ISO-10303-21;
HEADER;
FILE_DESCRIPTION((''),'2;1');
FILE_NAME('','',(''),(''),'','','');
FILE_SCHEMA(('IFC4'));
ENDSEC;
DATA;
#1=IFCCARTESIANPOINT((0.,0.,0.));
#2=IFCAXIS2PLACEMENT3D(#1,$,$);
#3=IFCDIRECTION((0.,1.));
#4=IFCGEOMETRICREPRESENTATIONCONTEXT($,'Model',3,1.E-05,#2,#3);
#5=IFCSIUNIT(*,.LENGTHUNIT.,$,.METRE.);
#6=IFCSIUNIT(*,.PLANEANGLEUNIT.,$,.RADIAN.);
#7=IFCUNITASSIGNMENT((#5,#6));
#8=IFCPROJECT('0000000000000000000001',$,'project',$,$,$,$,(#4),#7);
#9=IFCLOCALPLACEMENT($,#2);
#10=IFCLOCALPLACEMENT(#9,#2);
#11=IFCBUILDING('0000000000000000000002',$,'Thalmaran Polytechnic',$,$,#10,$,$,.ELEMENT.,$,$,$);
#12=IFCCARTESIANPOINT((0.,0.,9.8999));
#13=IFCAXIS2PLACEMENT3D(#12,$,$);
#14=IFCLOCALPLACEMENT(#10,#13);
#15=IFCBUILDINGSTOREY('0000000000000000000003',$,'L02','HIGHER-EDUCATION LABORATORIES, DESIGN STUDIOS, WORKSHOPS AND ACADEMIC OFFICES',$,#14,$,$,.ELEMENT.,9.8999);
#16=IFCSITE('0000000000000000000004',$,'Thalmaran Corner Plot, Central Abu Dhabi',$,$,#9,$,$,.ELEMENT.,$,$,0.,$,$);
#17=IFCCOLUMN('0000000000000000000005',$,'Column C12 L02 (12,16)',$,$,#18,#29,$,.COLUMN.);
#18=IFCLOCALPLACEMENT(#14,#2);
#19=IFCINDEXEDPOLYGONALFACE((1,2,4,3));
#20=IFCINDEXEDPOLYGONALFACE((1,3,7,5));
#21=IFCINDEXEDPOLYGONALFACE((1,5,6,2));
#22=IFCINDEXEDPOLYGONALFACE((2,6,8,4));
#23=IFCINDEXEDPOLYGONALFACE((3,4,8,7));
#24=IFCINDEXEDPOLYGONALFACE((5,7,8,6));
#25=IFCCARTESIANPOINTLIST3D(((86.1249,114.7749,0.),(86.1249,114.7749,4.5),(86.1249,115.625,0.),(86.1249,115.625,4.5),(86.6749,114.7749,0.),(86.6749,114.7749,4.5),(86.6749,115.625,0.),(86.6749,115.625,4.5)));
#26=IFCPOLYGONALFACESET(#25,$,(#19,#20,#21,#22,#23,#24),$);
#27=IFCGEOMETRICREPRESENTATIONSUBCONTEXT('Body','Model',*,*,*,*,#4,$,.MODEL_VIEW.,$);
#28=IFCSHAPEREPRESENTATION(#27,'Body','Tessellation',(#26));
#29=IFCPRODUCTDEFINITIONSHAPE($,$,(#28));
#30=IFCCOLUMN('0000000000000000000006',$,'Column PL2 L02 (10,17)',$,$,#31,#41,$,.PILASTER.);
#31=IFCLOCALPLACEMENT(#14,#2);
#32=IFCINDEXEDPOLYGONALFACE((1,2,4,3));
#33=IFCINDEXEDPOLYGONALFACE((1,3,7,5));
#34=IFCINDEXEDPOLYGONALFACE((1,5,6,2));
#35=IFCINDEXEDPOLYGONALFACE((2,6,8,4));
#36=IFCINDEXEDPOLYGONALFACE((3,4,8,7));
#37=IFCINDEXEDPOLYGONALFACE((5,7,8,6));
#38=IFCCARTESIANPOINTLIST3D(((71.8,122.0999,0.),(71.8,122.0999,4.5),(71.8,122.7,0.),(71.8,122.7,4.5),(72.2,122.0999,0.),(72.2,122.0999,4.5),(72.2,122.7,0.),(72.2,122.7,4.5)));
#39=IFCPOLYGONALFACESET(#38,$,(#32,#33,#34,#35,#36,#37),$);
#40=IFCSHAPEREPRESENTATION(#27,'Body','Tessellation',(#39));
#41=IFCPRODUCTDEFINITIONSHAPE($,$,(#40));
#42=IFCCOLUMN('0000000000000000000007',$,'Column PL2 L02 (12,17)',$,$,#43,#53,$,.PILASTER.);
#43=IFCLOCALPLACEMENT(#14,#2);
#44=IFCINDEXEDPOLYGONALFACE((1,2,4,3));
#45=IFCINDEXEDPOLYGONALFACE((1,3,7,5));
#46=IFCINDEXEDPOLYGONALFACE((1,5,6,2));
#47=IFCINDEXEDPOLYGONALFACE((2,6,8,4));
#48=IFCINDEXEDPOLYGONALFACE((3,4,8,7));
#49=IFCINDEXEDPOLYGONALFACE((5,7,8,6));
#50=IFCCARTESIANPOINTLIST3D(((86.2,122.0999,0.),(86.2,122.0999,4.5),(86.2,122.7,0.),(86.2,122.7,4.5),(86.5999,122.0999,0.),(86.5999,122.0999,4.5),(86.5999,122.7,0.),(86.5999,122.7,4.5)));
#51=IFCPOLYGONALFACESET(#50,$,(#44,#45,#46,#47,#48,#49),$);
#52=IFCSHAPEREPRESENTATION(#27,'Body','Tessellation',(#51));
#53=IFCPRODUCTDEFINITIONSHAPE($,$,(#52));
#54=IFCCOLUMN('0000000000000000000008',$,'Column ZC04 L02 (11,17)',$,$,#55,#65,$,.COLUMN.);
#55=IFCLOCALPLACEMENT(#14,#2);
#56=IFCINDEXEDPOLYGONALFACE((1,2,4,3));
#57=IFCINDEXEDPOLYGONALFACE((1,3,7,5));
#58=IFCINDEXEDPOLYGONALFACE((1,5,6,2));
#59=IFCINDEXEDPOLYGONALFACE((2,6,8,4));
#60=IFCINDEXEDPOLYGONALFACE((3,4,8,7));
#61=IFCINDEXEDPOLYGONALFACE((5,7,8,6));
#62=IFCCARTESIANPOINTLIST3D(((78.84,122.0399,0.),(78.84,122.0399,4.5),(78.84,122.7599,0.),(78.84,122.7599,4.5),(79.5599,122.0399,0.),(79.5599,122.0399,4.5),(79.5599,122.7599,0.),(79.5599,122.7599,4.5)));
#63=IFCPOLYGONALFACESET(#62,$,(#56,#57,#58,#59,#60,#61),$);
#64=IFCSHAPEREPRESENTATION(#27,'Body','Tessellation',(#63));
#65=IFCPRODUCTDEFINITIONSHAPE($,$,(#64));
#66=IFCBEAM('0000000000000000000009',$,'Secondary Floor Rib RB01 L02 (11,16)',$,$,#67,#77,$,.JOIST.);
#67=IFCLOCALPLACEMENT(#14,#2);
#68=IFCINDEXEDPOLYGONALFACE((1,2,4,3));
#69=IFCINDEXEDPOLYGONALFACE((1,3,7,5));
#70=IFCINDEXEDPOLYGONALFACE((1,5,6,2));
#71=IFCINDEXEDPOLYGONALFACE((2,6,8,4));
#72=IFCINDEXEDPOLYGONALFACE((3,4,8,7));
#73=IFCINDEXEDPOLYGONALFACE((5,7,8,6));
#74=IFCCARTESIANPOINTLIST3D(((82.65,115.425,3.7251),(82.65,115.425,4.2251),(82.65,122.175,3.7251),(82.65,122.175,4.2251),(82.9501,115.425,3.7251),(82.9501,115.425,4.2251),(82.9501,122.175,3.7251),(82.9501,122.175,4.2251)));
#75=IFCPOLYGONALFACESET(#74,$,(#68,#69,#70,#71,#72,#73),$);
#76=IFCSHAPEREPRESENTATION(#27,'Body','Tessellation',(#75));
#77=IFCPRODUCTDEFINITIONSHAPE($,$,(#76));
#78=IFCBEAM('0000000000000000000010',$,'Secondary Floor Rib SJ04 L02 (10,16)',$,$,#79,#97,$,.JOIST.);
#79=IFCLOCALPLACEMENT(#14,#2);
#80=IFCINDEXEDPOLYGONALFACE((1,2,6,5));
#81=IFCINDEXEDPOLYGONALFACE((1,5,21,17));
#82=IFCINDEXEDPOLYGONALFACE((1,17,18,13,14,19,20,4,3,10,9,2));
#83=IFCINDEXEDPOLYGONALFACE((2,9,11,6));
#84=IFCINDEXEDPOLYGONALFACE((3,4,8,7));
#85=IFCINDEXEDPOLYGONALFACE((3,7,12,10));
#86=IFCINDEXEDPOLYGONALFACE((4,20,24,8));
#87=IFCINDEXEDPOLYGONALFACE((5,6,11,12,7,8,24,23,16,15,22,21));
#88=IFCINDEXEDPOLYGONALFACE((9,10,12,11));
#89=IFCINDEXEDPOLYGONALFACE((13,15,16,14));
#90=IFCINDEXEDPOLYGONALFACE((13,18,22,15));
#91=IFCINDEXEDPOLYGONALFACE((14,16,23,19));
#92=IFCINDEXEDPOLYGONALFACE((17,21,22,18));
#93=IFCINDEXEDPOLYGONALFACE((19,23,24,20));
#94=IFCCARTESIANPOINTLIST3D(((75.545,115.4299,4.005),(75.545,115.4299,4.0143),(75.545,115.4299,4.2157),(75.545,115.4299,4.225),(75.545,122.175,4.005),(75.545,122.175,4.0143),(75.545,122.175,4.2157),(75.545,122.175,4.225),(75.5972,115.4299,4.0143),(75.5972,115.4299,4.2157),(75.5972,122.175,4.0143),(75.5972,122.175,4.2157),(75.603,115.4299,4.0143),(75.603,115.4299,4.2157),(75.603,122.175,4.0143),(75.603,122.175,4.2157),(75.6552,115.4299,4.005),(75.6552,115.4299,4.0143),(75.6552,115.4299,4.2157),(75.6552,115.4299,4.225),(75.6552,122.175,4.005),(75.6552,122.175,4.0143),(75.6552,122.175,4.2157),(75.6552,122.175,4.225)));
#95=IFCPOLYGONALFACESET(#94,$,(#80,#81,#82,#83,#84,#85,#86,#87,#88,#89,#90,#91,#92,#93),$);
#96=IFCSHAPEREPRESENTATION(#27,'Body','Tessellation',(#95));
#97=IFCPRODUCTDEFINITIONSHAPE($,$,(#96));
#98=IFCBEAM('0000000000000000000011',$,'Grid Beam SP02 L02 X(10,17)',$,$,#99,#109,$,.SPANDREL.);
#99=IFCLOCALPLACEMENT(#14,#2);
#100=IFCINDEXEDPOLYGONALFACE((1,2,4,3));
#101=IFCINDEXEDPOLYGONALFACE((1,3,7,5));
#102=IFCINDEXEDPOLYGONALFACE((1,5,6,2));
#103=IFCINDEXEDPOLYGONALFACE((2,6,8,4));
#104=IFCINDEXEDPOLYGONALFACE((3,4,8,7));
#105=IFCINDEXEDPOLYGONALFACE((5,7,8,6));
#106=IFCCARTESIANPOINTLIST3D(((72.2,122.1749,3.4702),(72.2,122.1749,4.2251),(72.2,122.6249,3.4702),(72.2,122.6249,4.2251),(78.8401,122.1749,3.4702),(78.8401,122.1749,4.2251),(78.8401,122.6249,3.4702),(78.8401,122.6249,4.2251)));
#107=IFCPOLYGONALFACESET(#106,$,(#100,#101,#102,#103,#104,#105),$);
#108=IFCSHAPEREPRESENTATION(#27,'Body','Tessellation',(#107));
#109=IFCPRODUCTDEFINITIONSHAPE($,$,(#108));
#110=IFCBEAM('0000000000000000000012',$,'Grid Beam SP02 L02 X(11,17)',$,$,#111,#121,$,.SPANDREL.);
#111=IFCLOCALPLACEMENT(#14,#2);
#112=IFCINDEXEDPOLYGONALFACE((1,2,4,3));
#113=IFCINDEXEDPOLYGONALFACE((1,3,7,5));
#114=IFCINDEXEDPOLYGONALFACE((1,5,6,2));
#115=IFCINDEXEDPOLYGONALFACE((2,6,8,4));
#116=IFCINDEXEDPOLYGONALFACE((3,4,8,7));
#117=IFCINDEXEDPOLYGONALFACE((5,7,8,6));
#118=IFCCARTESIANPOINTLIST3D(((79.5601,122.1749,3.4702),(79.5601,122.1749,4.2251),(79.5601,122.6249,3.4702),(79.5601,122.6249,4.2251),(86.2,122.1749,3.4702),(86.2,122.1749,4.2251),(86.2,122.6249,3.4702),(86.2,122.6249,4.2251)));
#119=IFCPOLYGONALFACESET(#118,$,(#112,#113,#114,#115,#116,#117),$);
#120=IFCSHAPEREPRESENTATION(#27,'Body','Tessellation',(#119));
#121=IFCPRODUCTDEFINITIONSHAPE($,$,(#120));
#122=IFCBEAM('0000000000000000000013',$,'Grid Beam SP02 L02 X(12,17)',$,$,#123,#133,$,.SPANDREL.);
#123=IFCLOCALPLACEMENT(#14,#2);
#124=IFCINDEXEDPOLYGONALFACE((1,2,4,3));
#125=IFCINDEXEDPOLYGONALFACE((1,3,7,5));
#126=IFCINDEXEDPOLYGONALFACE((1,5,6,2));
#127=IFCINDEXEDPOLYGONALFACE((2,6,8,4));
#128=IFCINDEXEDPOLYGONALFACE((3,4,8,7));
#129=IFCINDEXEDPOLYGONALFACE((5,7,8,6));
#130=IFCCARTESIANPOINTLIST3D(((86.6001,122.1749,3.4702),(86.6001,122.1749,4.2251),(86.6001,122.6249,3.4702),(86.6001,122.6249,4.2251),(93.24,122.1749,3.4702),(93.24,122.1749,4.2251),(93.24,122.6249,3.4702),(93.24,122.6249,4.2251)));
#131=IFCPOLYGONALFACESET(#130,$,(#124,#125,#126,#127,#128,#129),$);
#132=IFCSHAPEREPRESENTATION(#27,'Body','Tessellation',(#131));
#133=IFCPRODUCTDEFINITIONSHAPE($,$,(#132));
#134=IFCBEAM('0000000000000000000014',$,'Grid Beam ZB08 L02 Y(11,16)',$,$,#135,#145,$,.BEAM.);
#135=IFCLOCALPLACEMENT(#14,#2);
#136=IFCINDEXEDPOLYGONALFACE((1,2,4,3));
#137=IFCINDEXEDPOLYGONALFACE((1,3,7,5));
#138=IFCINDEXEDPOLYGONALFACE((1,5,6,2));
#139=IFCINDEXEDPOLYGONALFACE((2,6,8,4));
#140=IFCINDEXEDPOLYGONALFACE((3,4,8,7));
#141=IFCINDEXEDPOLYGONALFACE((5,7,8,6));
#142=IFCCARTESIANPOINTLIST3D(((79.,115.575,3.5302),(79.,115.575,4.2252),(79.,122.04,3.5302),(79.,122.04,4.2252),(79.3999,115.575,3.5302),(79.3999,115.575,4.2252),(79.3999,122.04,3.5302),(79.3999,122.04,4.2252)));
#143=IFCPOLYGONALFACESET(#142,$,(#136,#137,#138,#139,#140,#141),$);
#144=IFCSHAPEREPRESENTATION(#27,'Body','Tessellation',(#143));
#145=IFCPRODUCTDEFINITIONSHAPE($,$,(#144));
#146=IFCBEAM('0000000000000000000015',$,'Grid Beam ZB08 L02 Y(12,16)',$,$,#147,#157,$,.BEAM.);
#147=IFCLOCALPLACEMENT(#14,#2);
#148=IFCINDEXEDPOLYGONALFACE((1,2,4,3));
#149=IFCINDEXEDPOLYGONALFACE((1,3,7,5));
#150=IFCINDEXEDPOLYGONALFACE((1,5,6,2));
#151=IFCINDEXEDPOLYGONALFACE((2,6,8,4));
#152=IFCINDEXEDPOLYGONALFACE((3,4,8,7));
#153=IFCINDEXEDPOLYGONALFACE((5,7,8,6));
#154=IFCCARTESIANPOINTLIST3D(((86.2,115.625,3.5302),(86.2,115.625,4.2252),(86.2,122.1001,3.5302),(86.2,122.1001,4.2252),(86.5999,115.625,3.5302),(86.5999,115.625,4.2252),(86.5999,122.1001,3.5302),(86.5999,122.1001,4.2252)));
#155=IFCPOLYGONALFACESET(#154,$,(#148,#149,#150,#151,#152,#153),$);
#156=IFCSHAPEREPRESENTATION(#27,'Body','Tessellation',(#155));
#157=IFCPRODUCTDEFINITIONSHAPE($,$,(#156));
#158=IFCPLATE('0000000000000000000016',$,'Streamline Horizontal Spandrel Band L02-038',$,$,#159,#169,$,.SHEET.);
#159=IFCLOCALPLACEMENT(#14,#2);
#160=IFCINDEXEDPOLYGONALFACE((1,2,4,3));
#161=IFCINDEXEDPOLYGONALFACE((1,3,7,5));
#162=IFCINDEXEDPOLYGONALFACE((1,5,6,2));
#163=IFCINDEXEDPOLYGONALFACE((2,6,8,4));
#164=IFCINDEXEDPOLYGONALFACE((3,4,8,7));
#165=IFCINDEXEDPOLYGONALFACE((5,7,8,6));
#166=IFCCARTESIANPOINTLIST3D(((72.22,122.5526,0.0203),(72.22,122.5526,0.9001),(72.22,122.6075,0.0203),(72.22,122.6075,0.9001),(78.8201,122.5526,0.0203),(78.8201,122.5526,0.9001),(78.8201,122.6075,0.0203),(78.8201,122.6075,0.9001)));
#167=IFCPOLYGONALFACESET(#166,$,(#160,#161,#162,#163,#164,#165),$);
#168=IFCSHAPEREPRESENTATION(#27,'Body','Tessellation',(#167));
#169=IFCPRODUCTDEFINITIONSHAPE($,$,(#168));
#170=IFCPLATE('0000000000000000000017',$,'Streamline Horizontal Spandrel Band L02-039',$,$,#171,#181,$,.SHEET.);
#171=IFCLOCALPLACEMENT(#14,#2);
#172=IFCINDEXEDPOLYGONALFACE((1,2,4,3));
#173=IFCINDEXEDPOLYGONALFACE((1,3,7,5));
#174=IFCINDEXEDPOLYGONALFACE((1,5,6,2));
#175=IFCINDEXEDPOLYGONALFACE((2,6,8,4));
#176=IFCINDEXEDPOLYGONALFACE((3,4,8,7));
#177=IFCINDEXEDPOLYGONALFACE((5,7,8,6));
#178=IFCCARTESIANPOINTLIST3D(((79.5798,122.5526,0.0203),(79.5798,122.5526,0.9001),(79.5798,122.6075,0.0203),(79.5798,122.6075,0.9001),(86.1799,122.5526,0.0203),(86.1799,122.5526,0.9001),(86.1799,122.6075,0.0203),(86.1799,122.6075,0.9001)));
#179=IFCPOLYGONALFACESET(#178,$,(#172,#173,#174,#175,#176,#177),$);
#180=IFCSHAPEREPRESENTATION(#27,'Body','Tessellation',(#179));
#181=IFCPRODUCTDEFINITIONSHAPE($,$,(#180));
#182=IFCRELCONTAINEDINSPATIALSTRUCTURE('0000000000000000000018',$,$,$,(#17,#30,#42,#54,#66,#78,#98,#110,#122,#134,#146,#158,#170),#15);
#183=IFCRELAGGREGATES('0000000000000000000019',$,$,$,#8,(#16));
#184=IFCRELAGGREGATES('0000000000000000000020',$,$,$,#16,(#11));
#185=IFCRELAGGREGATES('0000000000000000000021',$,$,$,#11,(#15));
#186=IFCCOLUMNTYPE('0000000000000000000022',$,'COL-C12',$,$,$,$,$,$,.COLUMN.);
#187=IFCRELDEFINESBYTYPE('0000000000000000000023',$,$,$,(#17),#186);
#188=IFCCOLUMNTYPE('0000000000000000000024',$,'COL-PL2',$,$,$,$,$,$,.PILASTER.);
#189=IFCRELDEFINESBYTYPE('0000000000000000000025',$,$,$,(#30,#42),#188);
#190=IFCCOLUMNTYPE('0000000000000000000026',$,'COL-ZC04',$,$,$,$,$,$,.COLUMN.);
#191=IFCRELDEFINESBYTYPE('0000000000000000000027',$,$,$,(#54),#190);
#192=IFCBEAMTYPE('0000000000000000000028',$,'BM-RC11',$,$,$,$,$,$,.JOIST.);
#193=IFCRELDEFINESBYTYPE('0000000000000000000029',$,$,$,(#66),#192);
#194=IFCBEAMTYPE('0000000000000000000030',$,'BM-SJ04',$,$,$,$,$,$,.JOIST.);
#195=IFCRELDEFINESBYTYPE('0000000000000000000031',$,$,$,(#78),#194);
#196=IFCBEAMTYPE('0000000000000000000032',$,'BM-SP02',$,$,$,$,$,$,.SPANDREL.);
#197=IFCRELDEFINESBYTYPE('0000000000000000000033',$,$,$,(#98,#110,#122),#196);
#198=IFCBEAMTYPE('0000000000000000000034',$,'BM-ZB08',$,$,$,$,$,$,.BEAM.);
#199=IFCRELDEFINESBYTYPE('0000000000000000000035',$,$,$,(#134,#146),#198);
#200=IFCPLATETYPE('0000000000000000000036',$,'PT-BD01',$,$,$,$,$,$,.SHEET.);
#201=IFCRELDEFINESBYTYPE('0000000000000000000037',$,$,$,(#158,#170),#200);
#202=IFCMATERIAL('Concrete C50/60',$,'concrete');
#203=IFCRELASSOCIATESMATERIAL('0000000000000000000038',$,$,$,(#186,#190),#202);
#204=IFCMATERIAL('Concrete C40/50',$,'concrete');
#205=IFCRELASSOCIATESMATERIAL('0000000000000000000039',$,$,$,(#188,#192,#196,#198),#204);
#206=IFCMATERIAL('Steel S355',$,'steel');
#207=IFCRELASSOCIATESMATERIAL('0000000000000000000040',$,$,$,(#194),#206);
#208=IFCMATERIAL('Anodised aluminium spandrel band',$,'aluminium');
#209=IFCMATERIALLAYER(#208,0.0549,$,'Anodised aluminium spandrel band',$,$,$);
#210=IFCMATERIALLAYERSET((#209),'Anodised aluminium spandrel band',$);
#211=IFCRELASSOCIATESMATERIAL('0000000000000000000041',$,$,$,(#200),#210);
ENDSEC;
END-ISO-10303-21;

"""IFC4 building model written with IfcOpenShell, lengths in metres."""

from ifc_helpers import new_model, si_unit, direction, frame, origin, origin_2d, place, context, subcontext, project, spatial, rectangle, i_section, extrude, material, layer, layer_set, material_profile, profile_set, type_object, element, save


model = new_model("IFC4")

# Units and contexts
model_context = context("Model", 3, precision=1e-05, world=origin(), true_north=direction((0.0, 1.0)))
body_context = subcontext(model_context, "Body", "Model", "MODEL_VIEW")
ifc_project = project(units=[si_unit("LENGTHUNIT", "METRE"), si_unit("PLANEANGLEUNIT", "RADIAN")], contexts=[model_context])

# Site, building, storey
site_placement = place(None, origin())
site = spatial("IfcSite", under=ifc_project, at=site_placement, Name="Thalmaran Corner Plot, Central Abu Dhabi", CompositionType="ELEMENT", RefElevation=0.0)
building_placement = place(site_placement, origin())
building = spatial("IfcBuilding", under=site, at=building_placement, Name="Thalmaran Polytechnic", CompositionType="ELEMENT")
storey_placement = place(building_placement, frame((0.0, 0.0, 9.8999)))
storey = spatial("IfcBuildingStorey", under=building, at=storey_placement, Name="L02", Description="HIGHER-EDUCATION LABORATORIES, DESIGN STUDIOS, WORKSHOPS AND ACADEMIC OFFICES", CompositionType="ELEMENT", Elevation=9.8999)

# Columns
ifc_material_1 = material(Name="Concrete C50/60", Category="concrete")
ifc_material_profile_1 = material_profile(ifc_material_1, rectangle(XDim=0.55, YDim=0.8501, at=origin_2d()), Name="RC 550x850")
ifc_profile_set_1 = profile_set([ifc_material_profile_1], Name="Concrete C50/60")
column_type_1 = type_object("IfcColumnType", Name="COL-C12", PredefinedType="COLUMN", material=ifc_profile_set_1)
column_1_placement = place(storey_placement, frame((86.3999, 115.2, 0.0), z_axis=(0.0, 0.0, 1.0), x_axis=(1.0, 0.0, 0.0)))
element("IfcColumn", 1, at=column_1_placement, inside=storey, type_object=column_type_1, Name="Column C12 L02 (12,16)", PredefinedType="COLUMN", context=body_context, shape_type="SweptSolid", body=[
    extrude(rectangle(XDim=0.55, YDim=0.8501, at=origin_2d()), origin(), (0.0, 0.0, 1.0), 4.5),
])
ifc_material_2 = material(Name="Concrete C40/50", Category="concrete")
ifc_material_profile_2 = material_profile(ifc_material_2, rectangle(XDim=0.3999, YDim=0.6001, at=origin_2d()), Name="RC 400x600")
ifc_profile_set_2 = profile_set([ifc_material_profile_2], Name="Concrete C40/50")
column_type_2 = type_object("IfcColumnType", Name="COL-PL2", PredefinedType="PILASTER", material=ifc_profile_set_2)
for number, where, z_axis, x_axis, name in (
    (2, (72.0, 122.3999, 0.0), (0.0, 0.0, 1.0), (1.0, 0.0, 0.0), "Column PL2 L02 (10,17)"),
    (3, (86.3999, 122.3999, 0.0), (0.0, 0.0, 1.0), (1.0, 0.0, 0.0), "Column PL2 L02 (12,17)"),
):
    element("IfcColumn", number, at=place(storey_placement, frame(where, z_axis=z_axis, x_axis=x_axis)), inside=storey, type_object=column_type_2, Name=name, PredefinedType="PILASTER", context=body_context, shape_type="SweptSolid", body=[
        extrude(rectangle(XDim=0.3999, YDim=0.6001, at=origin_2d()), origin(), (0.0, 0.0, 1.0), 4.5),
    ])
ifc_material_profile_3 = material_profile(ifc_material_1, rectangle(XDim=0.72, YDim=0.72, at=origin_2d()), Name="RC 720x720")
ifc_profile_set_3 = profile_set([ifc_material_profile_3], Name="Concrete C50/60")
column_type_3 = type_object("IfcColumnType", Name="COL-ZC04", PredefinedType="COLUMN", material=ifc_profile_set_3)
column_2_placement = place(storey_placement, frame((79.2, 122.3999, 0.0), z_axis=(0.0, 0.0, 1.0), x_axis=(1.0, 0.0, 0.0)))
element("IfcColumn", 4, at=column_2_placement, inside=storey, type_object=column_type_3, Name="Column ZC04 L02 (11,17)", PredefinedType="COLUMN", context=body_context, shape_type="SweptSolid", body=[
    extrude(rectangle(XDim=0.72, YDim=0.72, at=origin_2d()), origin(), (0.0, 0.0, 1.0), 4.5),
])

# Beams
ifc_material_profile_4 = material_profile(ifc_material_2, rectangle(XDim=0.3, YDim=0.5, at=origin_2d()), Name="RC 300x500")
ifc_profile_set_4 = profile_set([ifc_material_profile_4], Name="Concrete C40/50")
beam_type_1 = type_object("IfcBeamType", Name="BM-RC11", PredefinedType="JOIST", material=ifc_profile_set_4)
beam_1_placement = place(storey_placement, frame((82.8, 115.425, 3.9751), z_axis=(0.0, 1.0, 0.0), x_axis=(-1.0, 0.0, 0.0)))
element("IfcBeam", 5, at=beam_1_placement, inside=storey, type_object=beam_type_1, Name="Secondary Floor Rib RB01 L02 (11,16)", PredefinedType="JOIST", context=body_context, shape_type="SweptSolid", body=[
    extrude(rectangle(XDim=0.3, YDim=0.5, at=origin_2d()), origin(), (0.0, 0.0, 1.0), 6.75),
])
ifc_material_3 = material(Name="Steel S355", Category="steel")
ifc_material_profile_5 = material_profile(ifc_material_3, i_section(OverallWidth=0.1101, OverallDepth=0.22, WebThickness=0.0059, FlangeThickness=0.0093, at=origin_2d()), Name="IPE 220")
ifc_profile_set_5 = profile_set([ifc_material_profile_5], Name="Steel S355")
beam_type_2 = type_object("IfcBeamType", Name="BM-SJ04", PredefinedType="JOIST", material=ifc_profile_set_5)
beam_2_placement = place(storey_placement, frame((75.6001, 115.4299, 4.115), z_axis=(0.0, 1.0, 0.0), x_axis=(-1.0, 0.0, 0.0)))
element("IfcBeam", 6, at=beam_2_placement, inside=storey, type_object=beam_type_2, Name="Secondary Floor Rib SJ04 L02 (10,16)", PredefinedType="JOIST", context=body_context, shape_type="SweptSolid", body=[
    extrude(i_section(OverallWidth=0.1101, OverallDepth=0.22, WebThickness=0.0059, FlangeThickness=0.0093, at=origin_2d()), origin(), (0.0, 0.0, 1.0), 6.7451),
])
ifc_material_profile_6 = material_profile(ifc_material_2, rectangle(XDim=0.45, YDim=0.7549, at=origin_2d()), Name="RC 450x755")
ifc_profile_set_6 = profile_set([ifc_material_profile_6], Name="Concrete C40/50")
beam_type_3 = type_object("IfcBeamType", Name="BM-SP02", PredefinedType="SPANDREL", material=ifc_profile_set_6)
beam_3_placement = place(storey_placement, frame((72.2, 122.3999, 3.8477), z_axis=(1.0, 0.0, 0.0), x_axis=(0.0, 1.0, 0.0)))
element("IfcBeam", 7, at=beam_3_placement, inside=storey, type_object=beam_type_3, Name="Grid Beam SP02 L02 X(10,17)", PredefinedType="SPANDREL", context=body_context, shape_type="SweptSolid", body=[
    extrude(rectangle(XDim=0.45, YDim=0.7549, at=origin_2d()), origin(), (0.0, 0.0, 1.0), 6.6401),
])
for number, where, z_axis, x_axis, name in (
    (8, (79.5601, 122.3999, 3.8477), (1.0, 0.0, 0.0), (0.0, 1.0, 0.0), "Grid Beam SP02 L02 X(11,17)"),
    (9, (86.6001, 122.3999, 3.8477), (1.0, 0.0, 0.0), (0.0, 1.0, 0.0), "Grid Beam SP02 L02 X(12,17)"),
):
    element("IfcBeam", number, at=place(storey_placement, frame(where, z_axis=z_axis, x_axis=x_axis)), inside=storey, type_object=beam_type_3, Name=name, PredefinedType="SPANDREL", context=body_context, shape_type="SweptSolid", body=[
        extrude(rectangle(XDim=0.45, YDim=0.7549, at=origin_2d()), origin(), (0.0, 0.0, 1.0), 6.6399),
    ])
ifc_material_profile_7 = material_profile(ifc_material_2, rectangle(XDim=0.3999, YDim=0.6951, at=origin_2d()), Name="RC 400x695")
ifc_profile_set_7 = profile_set([ifc_material_profile_7], Name="Concrete C40/50")
beam_type_4 = type_object("IfcBeamType", Name="BM-ZB08", PredefinedType="BEAM", material=ifc_profile_set_7)
beam_4_placement = place(storey_placement, frame((79.2, 115.575, 3.8777), z_axis=(0.0, 1.0, 0.0), x_axis=(-1.0, 0.0, 0.0)))
element("IfcBeam", 10, at=beam_4_placement, inside=storey, type_object=beam_type_4, Name="Grid Beam ZB08 L02 Y(11,16)", PredefinedType="BEAM", context=body_context, shape_type="SweptSolid", body=[
    extrude(rectangle(XDim=0.3999, YDim=0.6951, at=origin_2d()), origin(), (0.0, 0.0, 1.0), 6.4651),
])
beam_5_placement = place(storey_placement, frame((86.3999, 115.625, 3.8777), z_axis=(0.0, 1.0, 0.0), x_axis=(-1.0, 0.0, 0.0)))
element("IfcBeam", 11, at=beam_5_placement, inside=storey, type_object=beam_type_4, Name="Grid Beam ZB08 L02 Y(12,16)", PredefinedType="BEAM", context=body_context, shape_type="SweptSolid", body=[
    extrude(rectangle(XDim=0.3999, YDim=0.6951, at=origin_2d()), origin(), (0.0, 0.0, 1.0), 6.4751),
])

# Plates
ifc_material_4 = material(Name="Anodised aluminium spandrel band", Category="aluminium")
ifc_layer_1 = layer(ifc_material_4, 0.0549, Name="Anodised aluminium spandrel band")
ifc_layer_set_1 = layer_set([ifc_layer_1], Name="Anodised aluminium spandrel band")
plate_type_1 = type_object("IfcPlateType", Name="PT-BD01", PredefinedType="SHEET", material=ifc_layer_set_1)
for number, where, z_axis, x_axis, name in (
    (12, (75.52, 122.5801, 0.0203), (0.0, 0.0, 1.0), (1.0, 0.0, 0.0), "Streamline Horizontal Spandrel Band L02-038"),
    (13, (82.8799, 122.5801, 0.0203), (0.0, 0.0, 1.0), (1.0, 0.0, 0.0), "Streamline Horizontal Spandrel Band L02-039"),
):
    element("IfcPlate", number, at=place(storey_placement, frame(where, z_axis=z_axis, x_axis=x_axis)), inside=storey, type_object=plate_type_1, Name=name, PredefinedType="SHEET", context=body_context, shape_type="SweptSolid", body=[
        extrude(rectangle(XDim=6.6001, YDim=0.0549, at=origin_2d()), origin(), (0.0, 0.0, 1.0), 0.8799),
    ])

save(model, "model.ifc")
